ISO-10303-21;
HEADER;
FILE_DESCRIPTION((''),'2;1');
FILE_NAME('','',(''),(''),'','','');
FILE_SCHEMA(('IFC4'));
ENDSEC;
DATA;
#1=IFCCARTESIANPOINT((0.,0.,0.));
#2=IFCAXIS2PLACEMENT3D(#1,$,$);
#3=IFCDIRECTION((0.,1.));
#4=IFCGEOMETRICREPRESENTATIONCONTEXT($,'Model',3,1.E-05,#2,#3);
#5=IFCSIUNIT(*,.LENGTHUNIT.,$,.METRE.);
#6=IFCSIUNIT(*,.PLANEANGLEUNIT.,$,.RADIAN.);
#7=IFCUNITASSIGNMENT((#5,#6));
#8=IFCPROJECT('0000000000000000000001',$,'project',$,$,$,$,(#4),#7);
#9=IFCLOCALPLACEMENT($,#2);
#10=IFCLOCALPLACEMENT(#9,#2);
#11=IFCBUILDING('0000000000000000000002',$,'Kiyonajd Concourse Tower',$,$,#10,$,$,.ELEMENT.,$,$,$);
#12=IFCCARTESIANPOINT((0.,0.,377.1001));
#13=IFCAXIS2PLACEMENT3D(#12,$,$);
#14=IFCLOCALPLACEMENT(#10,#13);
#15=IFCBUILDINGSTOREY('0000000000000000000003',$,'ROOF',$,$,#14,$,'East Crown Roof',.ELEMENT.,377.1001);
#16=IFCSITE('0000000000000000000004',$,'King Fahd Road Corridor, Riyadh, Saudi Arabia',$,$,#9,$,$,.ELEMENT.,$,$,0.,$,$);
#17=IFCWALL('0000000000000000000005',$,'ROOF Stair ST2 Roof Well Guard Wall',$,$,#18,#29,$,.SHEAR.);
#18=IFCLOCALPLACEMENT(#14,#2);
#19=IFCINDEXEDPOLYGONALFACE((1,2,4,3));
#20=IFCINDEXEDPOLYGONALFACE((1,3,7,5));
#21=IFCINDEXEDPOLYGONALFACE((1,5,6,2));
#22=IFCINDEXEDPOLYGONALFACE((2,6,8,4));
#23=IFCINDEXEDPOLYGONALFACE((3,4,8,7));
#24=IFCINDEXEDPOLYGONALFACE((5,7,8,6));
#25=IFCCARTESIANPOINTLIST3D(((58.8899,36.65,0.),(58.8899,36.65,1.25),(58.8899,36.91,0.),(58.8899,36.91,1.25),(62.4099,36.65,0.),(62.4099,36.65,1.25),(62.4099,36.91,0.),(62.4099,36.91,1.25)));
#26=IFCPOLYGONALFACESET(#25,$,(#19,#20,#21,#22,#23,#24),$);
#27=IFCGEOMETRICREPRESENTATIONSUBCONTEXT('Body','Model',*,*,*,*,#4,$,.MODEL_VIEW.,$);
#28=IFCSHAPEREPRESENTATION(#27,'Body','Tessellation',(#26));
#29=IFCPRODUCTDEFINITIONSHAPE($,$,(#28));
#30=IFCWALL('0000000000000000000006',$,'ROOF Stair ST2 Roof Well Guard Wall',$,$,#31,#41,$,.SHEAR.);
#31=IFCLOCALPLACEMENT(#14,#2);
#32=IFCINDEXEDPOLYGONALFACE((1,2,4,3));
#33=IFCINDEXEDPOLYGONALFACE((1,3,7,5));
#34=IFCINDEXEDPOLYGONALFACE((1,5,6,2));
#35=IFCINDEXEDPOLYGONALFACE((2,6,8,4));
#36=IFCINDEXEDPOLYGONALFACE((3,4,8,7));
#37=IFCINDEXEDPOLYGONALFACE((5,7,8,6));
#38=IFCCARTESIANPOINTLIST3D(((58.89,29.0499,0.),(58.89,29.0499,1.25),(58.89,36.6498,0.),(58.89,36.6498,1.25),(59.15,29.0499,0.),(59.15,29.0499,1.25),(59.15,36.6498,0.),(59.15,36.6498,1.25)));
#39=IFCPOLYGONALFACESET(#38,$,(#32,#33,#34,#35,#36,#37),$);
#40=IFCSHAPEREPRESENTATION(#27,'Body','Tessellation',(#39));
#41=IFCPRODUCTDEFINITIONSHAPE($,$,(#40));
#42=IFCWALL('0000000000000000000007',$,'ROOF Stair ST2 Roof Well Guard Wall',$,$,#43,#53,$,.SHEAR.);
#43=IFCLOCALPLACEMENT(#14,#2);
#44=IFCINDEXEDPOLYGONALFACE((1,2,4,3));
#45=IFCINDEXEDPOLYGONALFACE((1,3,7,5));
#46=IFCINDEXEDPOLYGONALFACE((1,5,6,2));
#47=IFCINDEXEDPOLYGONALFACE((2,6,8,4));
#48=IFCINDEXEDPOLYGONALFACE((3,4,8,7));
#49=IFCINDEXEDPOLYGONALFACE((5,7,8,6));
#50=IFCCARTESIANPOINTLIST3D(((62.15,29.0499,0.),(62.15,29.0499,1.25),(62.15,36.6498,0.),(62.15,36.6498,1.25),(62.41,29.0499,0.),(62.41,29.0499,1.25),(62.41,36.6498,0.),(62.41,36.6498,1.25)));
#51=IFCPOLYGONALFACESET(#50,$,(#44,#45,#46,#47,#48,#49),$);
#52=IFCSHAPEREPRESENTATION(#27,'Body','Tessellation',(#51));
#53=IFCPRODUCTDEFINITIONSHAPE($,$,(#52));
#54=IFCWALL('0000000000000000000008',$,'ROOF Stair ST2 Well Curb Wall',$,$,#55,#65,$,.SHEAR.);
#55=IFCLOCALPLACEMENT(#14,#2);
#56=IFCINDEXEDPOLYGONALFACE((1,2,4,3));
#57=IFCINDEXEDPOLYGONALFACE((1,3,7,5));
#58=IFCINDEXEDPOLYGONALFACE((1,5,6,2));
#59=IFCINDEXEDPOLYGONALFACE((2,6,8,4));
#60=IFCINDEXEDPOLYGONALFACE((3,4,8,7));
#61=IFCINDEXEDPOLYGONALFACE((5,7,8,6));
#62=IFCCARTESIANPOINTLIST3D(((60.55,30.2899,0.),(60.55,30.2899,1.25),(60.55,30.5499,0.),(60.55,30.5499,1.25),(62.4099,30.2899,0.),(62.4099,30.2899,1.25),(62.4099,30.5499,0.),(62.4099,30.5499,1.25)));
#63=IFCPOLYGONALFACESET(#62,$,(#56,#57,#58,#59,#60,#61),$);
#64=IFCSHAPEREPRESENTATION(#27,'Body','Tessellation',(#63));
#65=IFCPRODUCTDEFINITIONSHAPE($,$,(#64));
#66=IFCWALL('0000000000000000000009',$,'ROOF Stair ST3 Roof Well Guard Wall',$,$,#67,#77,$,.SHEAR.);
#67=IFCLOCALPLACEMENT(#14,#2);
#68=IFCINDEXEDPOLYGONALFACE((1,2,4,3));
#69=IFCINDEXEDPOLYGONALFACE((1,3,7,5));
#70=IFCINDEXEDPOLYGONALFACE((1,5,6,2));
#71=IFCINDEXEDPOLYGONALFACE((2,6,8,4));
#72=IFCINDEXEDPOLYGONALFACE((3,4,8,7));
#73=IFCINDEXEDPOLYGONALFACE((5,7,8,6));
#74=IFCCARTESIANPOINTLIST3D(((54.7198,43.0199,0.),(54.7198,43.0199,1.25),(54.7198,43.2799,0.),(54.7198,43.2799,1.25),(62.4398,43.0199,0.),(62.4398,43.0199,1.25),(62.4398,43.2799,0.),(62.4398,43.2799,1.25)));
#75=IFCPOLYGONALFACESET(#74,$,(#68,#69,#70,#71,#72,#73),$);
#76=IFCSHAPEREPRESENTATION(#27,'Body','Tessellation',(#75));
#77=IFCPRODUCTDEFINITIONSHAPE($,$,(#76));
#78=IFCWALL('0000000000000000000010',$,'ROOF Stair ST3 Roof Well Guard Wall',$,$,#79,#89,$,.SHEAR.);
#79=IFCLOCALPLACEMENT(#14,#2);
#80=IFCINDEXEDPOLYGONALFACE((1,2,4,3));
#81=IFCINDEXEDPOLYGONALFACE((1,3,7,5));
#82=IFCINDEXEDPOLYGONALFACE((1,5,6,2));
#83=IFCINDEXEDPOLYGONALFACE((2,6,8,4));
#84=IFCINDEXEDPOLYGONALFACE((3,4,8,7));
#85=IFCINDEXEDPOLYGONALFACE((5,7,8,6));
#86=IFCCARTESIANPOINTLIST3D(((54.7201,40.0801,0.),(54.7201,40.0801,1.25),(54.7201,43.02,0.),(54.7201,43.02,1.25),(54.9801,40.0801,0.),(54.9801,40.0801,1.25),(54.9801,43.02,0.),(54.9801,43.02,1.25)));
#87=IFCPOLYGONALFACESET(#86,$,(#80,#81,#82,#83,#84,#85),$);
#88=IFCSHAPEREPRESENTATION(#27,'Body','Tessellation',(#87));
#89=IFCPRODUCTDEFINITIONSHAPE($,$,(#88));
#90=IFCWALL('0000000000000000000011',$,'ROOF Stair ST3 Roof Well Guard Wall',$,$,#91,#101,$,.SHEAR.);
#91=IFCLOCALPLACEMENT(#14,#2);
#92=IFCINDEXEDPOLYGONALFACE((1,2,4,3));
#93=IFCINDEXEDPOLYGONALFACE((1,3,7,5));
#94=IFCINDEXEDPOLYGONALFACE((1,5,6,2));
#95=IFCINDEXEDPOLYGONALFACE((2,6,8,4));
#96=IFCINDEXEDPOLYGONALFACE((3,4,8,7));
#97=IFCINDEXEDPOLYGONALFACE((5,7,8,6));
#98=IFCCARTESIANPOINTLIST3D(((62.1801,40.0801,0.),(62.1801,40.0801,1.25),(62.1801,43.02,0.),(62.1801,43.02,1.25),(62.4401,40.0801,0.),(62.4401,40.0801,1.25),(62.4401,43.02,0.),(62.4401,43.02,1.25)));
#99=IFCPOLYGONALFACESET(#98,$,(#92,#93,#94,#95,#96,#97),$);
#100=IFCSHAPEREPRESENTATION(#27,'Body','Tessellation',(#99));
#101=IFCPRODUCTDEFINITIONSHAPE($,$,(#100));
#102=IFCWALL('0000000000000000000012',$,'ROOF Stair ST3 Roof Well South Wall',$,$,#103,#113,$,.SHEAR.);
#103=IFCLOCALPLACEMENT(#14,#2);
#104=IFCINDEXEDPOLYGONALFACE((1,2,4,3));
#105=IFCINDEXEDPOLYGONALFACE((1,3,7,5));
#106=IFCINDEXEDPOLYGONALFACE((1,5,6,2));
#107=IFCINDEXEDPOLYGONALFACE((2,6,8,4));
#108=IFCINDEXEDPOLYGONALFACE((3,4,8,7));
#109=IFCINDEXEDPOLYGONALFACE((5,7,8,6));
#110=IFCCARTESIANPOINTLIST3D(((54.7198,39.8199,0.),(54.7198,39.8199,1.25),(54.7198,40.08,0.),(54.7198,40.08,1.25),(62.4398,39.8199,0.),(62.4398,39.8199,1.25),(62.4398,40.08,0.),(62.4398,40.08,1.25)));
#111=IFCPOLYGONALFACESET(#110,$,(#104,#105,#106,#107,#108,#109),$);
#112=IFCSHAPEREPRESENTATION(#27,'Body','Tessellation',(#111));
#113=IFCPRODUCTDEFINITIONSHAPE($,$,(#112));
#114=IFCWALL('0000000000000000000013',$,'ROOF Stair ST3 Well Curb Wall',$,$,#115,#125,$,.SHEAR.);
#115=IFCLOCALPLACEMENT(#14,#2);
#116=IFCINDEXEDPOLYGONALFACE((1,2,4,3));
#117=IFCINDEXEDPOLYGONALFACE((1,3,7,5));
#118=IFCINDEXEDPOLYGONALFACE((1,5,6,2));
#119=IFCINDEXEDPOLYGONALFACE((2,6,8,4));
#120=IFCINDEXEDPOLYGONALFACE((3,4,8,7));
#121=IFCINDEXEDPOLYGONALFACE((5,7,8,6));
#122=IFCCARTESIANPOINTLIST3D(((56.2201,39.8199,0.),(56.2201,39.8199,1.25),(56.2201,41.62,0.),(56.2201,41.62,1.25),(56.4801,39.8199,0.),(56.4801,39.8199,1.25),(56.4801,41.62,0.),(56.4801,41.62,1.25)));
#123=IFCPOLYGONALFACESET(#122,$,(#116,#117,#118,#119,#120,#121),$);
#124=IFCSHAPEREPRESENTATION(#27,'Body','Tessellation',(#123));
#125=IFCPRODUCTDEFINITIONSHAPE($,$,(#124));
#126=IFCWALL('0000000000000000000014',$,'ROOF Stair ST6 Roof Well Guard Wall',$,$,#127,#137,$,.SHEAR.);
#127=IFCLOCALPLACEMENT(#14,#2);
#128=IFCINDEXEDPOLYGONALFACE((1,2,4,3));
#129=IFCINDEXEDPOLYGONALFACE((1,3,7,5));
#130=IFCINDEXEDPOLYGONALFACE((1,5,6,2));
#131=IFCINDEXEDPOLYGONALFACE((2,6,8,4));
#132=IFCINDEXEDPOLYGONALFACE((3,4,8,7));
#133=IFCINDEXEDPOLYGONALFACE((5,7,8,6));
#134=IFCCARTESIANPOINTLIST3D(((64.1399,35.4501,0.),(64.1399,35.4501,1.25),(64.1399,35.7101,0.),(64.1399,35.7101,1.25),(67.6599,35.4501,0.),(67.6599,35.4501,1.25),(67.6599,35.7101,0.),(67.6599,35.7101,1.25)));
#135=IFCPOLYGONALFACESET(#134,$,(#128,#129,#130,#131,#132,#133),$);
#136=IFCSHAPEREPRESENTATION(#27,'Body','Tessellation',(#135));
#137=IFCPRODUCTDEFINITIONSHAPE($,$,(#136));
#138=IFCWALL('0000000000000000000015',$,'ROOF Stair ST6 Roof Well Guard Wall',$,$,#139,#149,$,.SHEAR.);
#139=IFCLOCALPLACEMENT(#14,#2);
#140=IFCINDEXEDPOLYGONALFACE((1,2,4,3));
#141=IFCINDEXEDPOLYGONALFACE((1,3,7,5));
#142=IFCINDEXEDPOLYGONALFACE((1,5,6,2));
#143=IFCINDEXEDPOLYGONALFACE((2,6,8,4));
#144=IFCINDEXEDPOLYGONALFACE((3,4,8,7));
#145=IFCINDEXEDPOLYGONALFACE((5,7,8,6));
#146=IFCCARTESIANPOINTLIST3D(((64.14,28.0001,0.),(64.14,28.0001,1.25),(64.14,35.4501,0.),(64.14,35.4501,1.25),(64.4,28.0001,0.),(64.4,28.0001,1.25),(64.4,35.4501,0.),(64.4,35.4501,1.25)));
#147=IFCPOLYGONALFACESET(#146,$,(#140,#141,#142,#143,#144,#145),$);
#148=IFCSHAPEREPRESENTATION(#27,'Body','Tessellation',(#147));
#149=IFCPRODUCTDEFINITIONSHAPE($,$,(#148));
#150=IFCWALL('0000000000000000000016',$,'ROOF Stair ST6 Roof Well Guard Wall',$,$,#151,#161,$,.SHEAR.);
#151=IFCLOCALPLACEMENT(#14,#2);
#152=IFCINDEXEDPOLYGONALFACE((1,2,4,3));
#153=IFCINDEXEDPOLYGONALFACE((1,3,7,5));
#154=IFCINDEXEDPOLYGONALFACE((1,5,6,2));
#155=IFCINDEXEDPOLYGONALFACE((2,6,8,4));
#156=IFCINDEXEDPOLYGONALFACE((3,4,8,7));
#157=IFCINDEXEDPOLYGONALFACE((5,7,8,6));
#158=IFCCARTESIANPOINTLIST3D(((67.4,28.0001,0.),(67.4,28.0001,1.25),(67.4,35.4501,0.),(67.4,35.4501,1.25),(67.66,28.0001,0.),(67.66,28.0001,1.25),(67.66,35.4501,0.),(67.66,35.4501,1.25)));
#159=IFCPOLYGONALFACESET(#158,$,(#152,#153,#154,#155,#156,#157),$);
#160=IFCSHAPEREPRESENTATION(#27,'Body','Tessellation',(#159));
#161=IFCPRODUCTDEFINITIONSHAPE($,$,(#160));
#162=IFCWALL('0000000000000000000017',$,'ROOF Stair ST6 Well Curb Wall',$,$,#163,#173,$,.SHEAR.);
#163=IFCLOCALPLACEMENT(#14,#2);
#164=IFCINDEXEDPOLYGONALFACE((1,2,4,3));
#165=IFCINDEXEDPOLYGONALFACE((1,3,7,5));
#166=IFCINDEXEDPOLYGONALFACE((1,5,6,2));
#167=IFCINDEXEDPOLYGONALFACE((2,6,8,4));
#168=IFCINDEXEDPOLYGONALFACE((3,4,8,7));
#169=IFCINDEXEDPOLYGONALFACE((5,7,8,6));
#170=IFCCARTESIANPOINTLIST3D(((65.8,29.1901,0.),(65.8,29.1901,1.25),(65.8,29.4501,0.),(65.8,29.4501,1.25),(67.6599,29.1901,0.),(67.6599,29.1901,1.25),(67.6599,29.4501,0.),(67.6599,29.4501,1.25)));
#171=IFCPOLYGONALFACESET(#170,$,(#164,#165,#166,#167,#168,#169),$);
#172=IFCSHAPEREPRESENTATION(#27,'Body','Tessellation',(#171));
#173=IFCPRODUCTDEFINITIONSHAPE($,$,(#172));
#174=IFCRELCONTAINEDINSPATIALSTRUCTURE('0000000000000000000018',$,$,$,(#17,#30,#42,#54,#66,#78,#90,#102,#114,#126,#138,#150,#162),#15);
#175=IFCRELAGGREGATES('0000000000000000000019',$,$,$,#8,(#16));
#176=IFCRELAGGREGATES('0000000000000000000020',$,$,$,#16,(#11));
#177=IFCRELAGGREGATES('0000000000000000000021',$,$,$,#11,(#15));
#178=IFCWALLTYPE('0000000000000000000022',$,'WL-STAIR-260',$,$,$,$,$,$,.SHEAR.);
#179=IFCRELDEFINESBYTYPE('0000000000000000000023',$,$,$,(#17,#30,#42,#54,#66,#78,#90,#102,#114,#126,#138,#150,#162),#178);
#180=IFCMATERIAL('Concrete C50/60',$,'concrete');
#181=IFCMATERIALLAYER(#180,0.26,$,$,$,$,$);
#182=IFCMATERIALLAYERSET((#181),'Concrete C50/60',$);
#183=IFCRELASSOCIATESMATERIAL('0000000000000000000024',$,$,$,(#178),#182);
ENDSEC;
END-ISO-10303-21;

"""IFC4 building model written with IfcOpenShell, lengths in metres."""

from ifc_helpers import new_model, si_unit, direction, frame, frame_2d, origin, place, context, subcontext, project, spatial, rectangle, extrude, material, layer, layer_set, type_object, element, save


model = new_model("IFC4")

# Units and contexts
model_context = context("Model", 3, precision=1e-05, world=origin(), true_north=direction((0.0, 1.0)))
body_context = subcontext(model_context, "Body", "Model", "MODEL_VIEW")
ifc_project = project(units=[si_unit("LENGTHUNIT", "METRE"), si_unit("PLANEANGLEUNIT", "RADIAN")], contexts=[model_context])

# Site, building, storey
site_placement = place(None, origin())
site = spatial("IfcSite", under=ifc_project, at=site_placement, Name="King Fahd Road Corridor, Riyadh, Saudi Arabia", CompositionType="ELEMENT", RefElevation=0.0)
building_placement = place(site_placement, origin())
building = spatial("IfcBuilding", under=site, at=building_placement, Name="Kiyonajd Concourse Tower", CompositionType="ELEMENT")
storey_placement = place(building_placement, frame((0.0, 0.0, 377.1001)))
storey = spatial("IfcBuildingStorey", under=building, at=storey_placement, Name="ROOF", LongName="East Crown Roof", CompositionType="ELEMENT", Elevation=377.1001)

# Walls
ifc_material_1 = material(Name="Concrete C50/60", Category="concrete")
ifc_layer_1 = layer(ifc_material_1, 0.26)
ifc_layer_set_1 = layer_set([ifc_layer_1], Name="Concrete C50/60")
wall_type_1 = type_object("IfcWallType", Name="WL-STAIR-260", PredefinedType="SHEAR", material=ifc_layer_set_1)
wall_1_placement = place(storey_placement, frame((58.8899, 36.78, 0.0), z_axis=(0.0, 0.0, 1.0), x_axis=(1.0, 0.0, 0.0)))
element("IfcWall", 1, at=wall_1_placement, inside=storey, type_object=wall_type_1, Name="ROOF Stair ST2 Roof Well Guard Wall", PredefinedType="SHEAR", context=body_context, shape_type="SweptSolid", body=[
    extrude(rectangle(XDim=3.52, YDim=0.26, at=frame_2d((1.76, 0.0))), origin(), (0.0, 0.0, 1.0), 1.25),
])
for number, where, z_axis, x_axis, name in (
    (2, (59.02, 29.05, 0.0), (0.0, 0.0, 1.0), (0.0, 1.0, 0.0), "ROOF Stair ST2 Roof Well Guard Wall"),
    (3, (62.28, 29.05, 0.0), (0.0, 0.0, 1.0), (0.0, 1.0, 0.0), "ROOF Stair ST2 Roof Well Guard Wall"),
):
    element("IfcWall", number, at=place(storey_placement, frame(where, z_axis=z_axis, x_axis=x_axis)), inside=storey, type_object=wall_type_1, Name=name, PredefinedType="SHEAR", context=body_context, shape_type="SweptSolid", body=[
        extrude(rectangle(XDim=7.5999, YDim=0.26, at=frame_2d((3.7998, 0.0))), origin(), (0.0, 0.0, 1.0), 1.25),
    ])
wall_2_placement = place(storey_placement, frame((60.55, 30.4199, 0.0), z_axis=(0.0, 0.0, 1.0), x_axis=(1.0, 0.0, 0.0)))
element("IfcWall", 4, at=wall_2_placement, inside=storey, type_object=wall_type_1, Name="ROOF Stair ST2 Well Curb Wall", PredefinedType="SHEAR", context=body_context, shape_type="SweptSolid", body=[
    extrude(rectangle(XDim=1.8599, YDim=0.26, at=frame_2d((0.9299, 0.0))), origin(), (0.0, 0.0, 1.0), 1.25),
])
wall_3_placement = place(storey_placement, frame((54.72, 43.1499, 0.0), z_axis=(0.0, 0.0, 1.0), x_axis=(1.0, 0.0, 0.0)))
element("IfcWall", 5, at=wall_3_placement, inside=storey, type_object=wall_type_1, Name="ROOF Stair ST3 Roof Well Guard Wall", PredefinedType="SHEAR", context=body_context, shape_type="SweptSolid", body=[
    extrude(rectangle(XDim=7.72, YDim=0.26, at=frame_2d((3.8599, 0.0))), origin(), (0.0, 0.0, 1.0), 1.25),
])
for number, where, z_axis, x_axis, name in (
    (6, (54.8501, 40.0801, 0.0), (0.0, 0.0, 1.0), (0.0, 1.0, 0.0), "ROOF Stair ST3 Roof Well Guard Wall"),
    (7, (62.3101, 40.0801, 0.0), (0.0, 0.0, 1.0), (0.0, 1.0, 0.0), "ROOF Stair ST3 Roof Well Guard Wall"),
):
    element("IfcWall", number, at=place(storey_placement, frame(where, z_axis=z_axis, x_axis=x_axis)), inside=storey, type_object=wall_type_1, Name=name, PredefinedType="SHEAR", context=body_context, shape_type="SweptSolid", body=[
        extrude(rectangle(XDim=2.9399, YDim=0.26, at=frame_2d((1.47, 0.0))), origin(), (0.0, 0.0, 1.0), 1.25),
    ])
wall_4_placement = place(storey_placement, frame((54.72, 39.95, 0.0), z_axis=(0.0, 0.0, 1.0), x_axis=(1.0, 0.0, 0.0)))
element("IfcWall", 8, at=wall_4_placement, inside=storey, type_object=wall_type_1, Name="ROOF Stair ST3 Roof Well South Wall", PredefinedType="SHEAR", context=body_context, shape_type="SweptSolid", body=[
    extrude(rectangle(XDim=7.72, YDim=0.26, at=frame_2d((3.8599, 0.0))), origin(), (0.0, 0.0, 1.0), 1.25),
])
wall_5_placement = place(storey_placement, frame((56.3501, 39.8201, 0.0), z_axis=(0.0, 0.0, 1.0), x_axis=(0.0, 1.0, 0.0)))
element("IfcWall", 9, at=wall_5_placement, inside=storey, type_object=wall_type_1, Name="ROOF Stair ST3 Well Curb Wall", PredefinedType="SHEAR", context=body_context, shape_type="SweptSolid", body=[
    extrude(rectangle(XDim=1.8, YDim=0.26, at=frame_2d((0.8999, 0.0))), origin(), (0.0, 0.0, 1.0), 1.25),
])
wall_6_placement = place(storey_placement, frame((64.1399, 35.5801, 0.0), z_axis=(0.0, 0.0, 1.0), x_axis=(1.0, 0.0, 0.0)))
element("IfcWall", 10, at=wall_6_placement, inside=storey, type_object=wall_type_1, Name="ROOF Stair ST6 Roof Well Guard Wall", PredefinedType="SHEAR", context=body_context, shape_type="SweptSolid", body=[
    extrude(rectangle(XDim=3.52, YDim=0.26, at=frame_2d((1.76, 0.0))), origin(), (0.0, 0.0, 1.0), 1.25),
])
for number, where, z_axis, x_axis, name in (
    (11, (64.27, 28.0, 0.0), (0.0, 0.0, 1.0), (0.0, 1.0, 0.0), "ROOF Stair ST6 Roof Well Guard Wall"),
    (12, (67.53, 28.0, 0.0), (0.0, 0.0, 1.0), (0.0, 1.0, 0.0), "ROOF Stair ST6 Roof Well Guard Wall"),
):
    element("IfcWall", number, at=place(storey_placement, frame(where, z_axis=z_axis, x_axis=x_axis)), inside=storey, type_object=wall_type_1, Name=name, PredefinedType="SHEAR", context=body_context, shape_type="SweptSolid", body=[
        extrude(rectangle(XDim=7.45, YDim=0.26, at=frame_2d((3.7251, 0.0))), origin(), (0.0, 0.0, 1.0), 1.25),
    ])
wall_7_placement = place(storey_placement, frame((65.8, 29.3201, 0.0), z_axis=(0.0, 0.0, 1.0), x_axis=(1.0, 0.0, 0.0)))
element("IfcWall", 13, at=wall_7_placement, inside=storey, type_object=wall_type_1, Name="ROOF Stair ST6 Well Curb Wall", PredefinedType="SHEAR", context=body_context, shape_type="SweptSolid", body=[
    extrude(rectangle(XDim=1.8599, YDim=0.26, at=frame_2d((0.9299, 0.0))), origin(), (0.0, 0.0, 1.0), 1.25),
])

save(model, "model.ifc")
